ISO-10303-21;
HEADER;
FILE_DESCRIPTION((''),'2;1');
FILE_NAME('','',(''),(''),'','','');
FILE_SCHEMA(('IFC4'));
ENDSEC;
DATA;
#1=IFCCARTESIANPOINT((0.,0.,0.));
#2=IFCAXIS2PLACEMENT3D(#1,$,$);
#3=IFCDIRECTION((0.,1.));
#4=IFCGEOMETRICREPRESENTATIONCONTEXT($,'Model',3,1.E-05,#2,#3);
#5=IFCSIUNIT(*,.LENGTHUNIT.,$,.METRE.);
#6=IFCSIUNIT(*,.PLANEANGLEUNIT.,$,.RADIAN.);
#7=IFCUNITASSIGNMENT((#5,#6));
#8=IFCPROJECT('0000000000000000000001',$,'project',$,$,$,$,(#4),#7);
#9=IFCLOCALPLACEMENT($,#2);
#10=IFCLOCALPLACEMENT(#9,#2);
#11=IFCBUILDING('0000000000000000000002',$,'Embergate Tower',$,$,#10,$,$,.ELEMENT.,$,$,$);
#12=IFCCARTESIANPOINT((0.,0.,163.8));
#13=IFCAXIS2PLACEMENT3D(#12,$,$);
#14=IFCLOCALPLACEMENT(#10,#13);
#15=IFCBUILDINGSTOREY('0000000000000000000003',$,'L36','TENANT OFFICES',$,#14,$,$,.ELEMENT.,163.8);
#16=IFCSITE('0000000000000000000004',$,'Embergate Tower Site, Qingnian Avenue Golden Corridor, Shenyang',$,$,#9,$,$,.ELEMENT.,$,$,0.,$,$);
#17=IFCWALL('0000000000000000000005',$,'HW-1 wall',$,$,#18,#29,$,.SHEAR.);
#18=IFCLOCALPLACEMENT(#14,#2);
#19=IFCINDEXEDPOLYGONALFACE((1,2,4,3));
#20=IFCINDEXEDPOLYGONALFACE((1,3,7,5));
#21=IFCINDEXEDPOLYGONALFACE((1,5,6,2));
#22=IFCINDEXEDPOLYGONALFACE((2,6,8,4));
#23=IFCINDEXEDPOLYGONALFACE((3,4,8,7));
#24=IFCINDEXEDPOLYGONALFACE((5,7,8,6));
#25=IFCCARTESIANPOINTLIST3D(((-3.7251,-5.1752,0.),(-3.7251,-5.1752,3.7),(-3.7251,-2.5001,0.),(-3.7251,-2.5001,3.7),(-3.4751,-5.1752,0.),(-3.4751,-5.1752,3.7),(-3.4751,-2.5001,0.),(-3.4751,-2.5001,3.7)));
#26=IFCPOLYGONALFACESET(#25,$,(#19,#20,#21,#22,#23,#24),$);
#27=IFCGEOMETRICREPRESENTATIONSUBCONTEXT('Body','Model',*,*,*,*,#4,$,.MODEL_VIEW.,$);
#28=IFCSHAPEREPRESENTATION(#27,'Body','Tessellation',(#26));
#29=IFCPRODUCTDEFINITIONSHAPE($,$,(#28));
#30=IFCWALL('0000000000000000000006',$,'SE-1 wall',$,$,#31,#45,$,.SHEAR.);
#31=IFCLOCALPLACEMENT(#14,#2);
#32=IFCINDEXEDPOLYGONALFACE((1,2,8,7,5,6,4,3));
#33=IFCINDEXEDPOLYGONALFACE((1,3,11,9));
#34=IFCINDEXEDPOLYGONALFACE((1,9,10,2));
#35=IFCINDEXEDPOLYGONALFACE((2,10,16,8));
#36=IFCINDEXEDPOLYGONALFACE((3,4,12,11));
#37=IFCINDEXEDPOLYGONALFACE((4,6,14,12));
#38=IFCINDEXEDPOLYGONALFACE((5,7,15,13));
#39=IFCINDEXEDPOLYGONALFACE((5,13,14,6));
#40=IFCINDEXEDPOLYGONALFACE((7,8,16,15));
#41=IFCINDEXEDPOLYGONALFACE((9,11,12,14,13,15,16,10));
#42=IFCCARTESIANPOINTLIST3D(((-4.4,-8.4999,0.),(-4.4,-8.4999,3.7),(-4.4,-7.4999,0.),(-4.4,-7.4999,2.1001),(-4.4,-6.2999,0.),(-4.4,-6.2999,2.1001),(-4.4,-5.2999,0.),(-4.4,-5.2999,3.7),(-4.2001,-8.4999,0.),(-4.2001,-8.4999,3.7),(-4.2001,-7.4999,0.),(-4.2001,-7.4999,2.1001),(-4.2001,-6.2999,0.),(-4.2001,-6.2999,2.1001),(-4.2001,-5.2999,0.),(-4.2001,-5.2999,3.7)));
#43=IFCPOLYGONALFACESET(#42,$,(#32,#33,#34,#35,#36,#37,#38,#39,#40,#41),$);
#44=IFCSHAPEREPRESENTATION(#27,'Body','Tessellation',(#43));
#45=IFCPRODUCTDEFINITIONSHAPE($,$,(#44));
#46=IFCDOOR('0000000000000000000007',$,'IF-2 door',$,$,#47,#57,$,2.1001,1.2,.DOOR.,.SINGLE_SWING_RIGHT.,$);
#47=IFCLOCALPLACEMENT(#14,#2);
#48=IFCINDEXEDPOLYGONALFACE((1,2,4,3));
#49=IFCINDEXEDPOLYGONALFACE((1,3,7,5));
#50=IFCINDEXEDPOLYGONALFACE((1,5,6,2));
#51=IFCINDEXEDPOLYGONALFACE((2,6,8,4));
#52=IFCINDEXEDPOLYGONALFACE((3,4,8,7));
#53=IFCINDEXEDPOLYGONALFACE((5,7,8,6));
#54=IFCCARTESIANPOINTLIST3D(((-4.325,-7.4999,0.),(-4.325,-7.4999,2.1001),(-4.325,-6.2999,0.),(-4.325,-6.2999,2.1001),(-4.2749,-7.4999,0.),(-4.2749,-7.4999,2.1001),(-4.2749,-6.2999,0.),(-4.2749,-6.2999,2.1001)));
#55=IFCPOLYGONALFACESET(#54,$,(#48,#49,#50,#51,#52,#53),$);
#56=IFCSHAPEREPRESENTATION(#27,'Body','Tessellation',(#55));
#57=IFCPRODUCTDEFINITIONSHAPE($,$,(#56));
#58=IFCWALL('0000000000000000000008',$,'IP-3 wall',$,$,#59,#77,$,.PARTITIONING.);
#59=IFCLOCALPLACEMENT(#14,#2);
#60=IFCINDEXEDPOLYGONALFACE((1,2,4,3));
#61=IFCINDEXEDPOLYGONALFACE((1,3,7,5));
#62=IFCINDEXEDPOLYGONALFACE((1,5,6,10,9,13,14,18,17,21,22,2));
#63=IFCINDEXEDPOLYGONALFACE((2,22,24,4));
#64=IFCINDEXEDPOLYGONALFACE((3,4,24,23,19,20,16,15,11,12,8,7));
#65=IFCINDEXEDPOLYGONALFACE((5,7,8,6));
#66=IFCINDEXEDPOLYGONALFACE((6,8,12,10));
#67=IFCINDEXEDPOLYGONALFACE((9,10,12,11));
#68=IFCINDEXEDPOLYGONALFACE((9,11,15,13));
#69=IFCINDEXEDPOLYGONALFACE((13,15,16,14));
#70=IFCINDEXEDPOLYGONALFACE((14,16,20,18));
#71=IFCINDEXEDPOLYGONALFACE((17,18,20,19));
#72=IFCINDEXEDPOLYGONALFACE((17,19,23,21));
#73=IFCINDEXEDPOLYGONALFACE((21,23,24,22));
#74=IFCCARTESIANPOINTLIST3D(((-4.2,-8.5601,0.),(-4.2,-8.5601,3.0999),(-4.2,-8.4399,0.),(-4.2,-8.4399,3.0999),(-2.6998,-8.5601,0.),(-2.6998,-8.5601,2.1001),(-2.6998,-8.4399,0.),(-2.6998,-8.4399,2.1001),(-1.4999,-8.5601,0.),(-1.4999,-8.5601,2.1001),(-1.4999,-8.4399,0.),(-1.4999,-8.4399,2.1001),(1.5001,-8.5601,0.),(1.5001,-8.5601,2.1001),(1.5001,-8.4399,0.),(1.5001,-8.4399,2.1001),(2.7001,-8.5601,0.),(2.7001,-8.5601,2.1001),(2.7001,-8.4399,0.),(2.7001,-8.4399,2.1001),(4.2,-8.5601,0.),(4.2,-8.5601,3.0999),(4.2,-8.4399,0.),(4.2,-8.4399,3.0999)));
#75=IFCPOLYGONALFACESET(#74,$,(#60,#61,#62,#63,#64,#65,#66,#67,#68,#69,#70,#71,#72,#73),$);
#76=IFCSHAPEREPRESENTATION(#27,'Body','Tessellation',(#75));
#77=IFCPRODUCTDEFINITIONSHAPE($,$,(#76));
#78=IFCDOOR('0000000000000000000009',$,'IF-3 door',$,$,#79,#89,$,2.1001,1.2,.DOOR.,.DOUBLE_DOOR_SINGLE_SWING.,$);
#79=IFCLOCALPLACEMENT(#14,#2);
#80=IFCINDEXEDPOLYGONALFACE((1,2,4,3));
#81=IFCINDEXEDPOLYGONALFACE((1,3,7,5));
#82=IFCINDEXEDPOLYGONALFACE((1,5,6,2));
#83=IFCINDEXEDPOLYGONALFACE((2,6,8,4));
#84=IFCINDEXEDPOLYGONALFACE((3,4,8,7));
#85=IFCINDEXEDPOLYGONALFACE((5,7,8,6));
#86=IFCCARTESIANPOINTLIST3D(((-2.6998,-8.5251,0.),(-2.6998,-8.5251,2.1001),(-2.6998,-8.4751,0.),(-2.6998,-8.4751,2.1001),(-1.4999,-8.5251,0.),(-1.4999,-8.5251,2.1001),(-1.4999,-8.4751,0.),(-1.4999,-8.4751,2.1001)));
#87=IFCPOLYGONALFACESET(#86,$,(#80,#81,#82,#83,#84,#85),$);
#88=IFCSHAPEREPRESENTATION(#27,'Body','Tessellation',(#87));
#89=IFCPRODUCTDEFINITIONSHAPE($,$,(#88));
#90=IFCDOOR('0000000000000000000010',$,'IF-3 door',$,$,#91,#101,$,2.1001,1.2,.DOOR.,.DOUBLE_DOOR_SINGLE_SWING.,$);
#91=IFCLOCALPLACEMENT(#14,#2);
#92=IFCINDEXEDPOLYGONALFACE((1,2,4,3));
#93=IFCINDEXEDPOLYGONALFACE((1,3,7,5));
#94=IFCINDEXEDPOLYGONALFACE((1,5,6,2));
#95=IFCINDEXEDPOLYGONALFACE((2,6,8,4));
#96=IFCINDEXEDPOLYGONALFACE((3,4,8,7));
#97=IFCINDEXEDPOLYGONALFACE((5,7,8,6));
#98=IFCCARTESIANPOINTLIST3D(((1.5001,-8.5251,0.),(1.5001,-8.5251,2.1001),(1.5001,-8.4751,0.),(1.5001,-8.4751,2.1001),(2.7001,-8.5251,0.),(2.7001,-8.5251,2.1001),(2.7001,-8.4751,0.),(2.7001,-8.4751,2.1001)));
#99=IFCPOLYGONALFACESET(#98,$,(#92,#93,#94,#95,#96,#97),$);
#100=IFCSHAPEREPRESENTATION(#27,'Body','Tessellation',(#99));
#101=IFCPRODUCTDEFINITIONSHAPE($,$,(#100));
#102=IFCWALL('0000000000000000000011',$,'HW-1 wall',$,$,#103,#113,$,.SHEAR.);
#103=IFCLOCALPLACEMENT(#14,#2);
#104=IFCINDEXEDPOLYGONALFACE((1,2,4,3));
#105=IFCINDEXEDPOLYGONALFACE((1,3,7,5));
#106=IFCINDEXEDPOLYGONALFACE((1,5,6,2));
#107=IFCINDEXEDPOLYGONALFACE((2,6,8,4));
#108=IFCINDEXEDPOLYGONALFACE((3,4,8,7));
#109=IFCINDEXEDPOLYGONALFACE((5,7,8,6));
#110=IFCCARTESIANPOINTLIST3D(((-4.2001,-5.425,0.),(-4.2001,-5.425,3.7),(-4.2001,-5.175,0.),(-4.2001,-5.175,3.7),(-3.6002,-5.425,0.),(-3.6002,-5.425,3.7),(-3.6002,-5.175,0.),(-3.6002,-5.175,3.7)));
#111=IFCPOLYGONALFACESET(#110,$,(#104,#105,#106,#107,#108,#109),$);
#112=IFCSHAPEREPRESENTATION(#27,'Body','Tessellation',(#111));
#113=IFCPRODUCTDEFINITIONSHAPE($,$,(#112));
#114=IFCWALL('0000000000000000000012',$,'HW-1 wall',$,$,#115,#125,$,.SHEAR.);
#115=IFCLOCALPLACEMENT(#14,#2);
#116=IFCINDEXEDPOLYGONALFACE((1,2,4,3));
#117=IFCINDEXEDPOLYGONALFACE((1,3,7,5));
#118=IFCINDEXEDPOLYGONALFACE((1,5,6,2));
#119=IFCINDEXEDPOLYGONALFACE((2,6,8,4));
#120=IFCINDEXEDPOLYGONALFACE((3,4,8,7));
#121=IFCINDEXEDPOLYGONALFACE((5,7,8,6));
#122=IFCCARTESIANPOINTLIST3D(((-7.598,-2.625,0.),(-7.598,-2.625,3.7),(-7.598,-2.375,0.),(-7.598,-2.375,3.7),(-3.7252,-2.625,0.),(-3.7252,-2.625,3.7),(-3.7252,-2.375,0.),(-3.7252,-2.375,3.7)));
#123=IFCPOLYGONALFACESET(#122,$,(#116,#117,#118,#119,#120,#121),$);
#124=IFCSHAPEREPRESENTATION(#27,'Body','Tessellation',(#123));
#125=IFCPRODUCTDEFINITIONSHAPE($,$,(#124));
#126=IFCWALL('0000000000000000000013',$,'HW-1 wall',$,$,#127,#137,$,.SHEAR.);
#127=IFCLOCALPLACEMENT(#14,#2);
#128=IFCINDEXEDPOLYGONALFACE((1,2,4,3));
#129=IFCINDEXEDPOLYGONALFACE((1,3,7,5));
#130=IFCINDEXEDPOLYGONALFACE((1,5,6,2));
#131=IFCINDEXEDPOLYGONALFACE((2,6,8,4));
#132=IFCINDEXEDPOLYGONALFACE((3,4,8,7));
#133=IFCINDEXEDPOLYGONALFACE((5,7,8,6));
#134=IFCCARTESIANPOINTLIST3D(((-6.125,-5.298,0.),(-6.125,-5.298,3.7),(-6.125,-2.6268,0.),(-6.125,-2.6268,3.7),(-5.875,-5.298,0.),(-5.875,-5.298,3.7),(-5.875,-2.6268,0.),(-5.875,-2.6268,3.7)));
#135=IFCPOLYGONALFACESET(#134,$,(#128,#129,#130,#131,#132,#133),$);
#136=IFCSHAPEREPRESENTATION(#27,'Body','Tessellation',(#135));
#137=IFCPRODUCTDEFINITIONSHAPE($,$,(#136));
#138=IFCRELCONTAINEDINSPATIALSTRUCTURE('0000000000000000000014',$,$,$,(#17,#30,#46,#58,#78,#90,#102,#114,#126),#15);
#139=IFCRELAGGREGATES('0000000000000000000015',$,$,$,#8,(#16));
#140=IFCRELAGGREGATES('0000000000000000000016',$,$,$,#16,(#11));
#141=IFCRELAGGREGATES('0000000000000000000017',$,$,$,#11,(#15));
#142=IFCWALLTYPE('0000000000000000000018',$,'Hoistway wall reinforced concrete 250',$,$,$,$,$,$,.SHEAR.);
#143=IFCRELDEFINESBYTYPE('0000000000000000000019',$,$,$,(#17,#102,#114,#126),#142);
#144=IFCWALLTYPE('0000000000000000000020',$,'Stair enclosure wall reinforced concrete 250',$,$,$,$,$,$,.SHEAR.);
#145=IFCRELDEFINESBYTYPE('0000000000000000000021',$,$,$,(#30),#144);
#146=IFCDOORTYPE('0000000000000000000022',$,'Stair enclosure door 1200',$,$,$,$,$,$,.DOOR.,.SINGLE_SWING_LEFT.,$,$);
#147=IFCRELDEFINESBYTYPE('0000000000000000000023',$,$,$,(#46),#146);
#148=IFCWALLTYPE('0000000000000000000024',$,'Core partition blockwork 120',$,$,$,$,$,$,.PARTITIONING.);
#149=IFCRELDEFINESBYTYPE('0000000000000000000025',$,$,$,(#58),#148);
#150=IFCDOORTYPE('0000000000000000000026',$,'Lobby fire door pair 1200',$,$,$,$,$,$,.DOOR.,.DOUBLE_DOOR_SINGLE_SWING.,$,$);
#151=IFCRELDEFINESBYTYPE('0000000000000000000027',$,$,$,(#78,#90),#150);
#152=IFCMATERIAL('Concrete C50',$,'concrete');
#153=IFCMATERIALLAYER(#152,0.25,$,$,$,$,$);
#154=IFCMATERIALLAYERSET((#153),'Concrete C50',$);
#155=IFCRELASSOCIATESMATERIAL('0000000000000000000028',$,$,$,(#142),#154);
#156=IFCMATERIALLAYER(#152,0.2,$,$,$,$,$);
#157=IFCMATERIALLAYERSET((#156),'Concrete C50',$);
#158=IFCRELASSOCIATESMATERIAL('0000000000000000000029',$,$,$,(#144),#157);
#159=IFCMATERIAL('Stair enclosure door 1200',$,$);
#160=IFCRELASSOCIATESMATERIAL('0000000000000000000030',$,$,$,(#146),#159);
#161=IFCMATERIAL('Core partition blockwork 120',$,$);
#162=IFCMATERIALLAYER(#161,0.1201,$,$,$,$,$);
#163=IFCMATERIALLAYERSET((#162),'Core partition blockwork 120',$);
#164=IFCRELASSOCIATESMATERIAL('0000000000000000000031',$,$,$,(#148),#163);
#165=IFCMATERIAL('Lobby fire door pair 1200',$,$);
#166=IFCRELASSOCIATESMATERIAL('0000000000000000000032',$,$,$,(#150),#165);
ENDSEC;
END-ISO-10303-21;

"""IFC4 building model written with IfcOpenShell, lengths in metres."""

from ifc_helpers import new_model, si_unit, direction, frame, frame_2d, origin, place, context, subcontext, project, spatial, rectangle, extrude, source, transform, mapped, material, layer, layer_set, type_object, element, fill, save


model = new_model("IFC4")

# Units and contexts
model_context = context("Model", 3, precision=1e-05, world=origin(), true_north=direction((0.0, 1.0)))
body_context = subcontext(model_context, "Body", "Model", "MODEL_VIEW")
ifc_project = project(units=[si_unit("LENGTHUNIT", "METRE"), si_unit("PLANEANGLEUNIT", "RADIAN")], contexts=[model_context])

# Site, building, storey
site_placement = place(None, origin())
site = spatial("IfcSite", under=ifc_project, at=site_placement, Name="Embergate Tower Site, Qingnian Avenue Golden Corridor, Shenyang", CompositionType="ELEMENT", RefElevation=0.0)
building_placement = place(site_placement, origin())
building = spatial("IfcBuilding", under=site, at=building_placement, Name="Embergate Tower", CompositionType="ELEMENT")
storey_placement = place(building_placement, frame((0.0, 0.0, 163.8)))
storey = spatial("IfcBuildingStorey", under=building, at=storey_placement, Name="L36", Description="TENANT OFFICES", CompositionType="ELEMENT", Elevation=163.8)

# Wall
ifc_material_1 = material(Name="Concrete C50", Category="concrete")
ifc_layer_1 = layer(ifc_material_1, 0.25)
ifc_layer_set_1 = layer_set([ifc_layer_1], Name="Concrete C50")
wall_type_1 = type_object("IfcWallType", Name="Hoistway wall reinforced concrete 250", PredefinedType="SHEAR", material=ifc_layer_set_1)
shared_shape_1 = source(origin(), body_context, "Body", "SweptSolid", [
    extrude(rectangle(XDim=2.675, YDim=0.25, at=frame_2d((1.3374, 0.0))), origin(), (0.0, 0.0, 1.0), 3.7),
])
wall_1_placement = place(storey_placement, frame((-3.6001, -5.175, 0.0), z_axis=(0.0, 0.0, 1.0), x_axis=(0.0, 1.0, 0.0)))
element("IfcWall", 1, at=wall_1_placement, inside=storey, type_object=wall_type_1, Name="HW-1 wall", PredefinedType="SHEAR", context=body_context, shape_type="MappedRepresentation", body=[
    mapped(shared_shape_1, transform((0.0, 0.0, 0.0))),
])

# Wall, opening, door
ifc_layer_2 = layer(ifc_material_1, 0.2)
ifc_layer_set_2 = layer_set([ifc_layer_2], Name="Concrete C50")
wall_type_2 = type_object("IfcWallType", Name="Stair enclosure wall reinforced concrete 250", PredefinedType="SHEAR", material=ifc_layer_set_2)
shared_shape_2 = source(origin(), body_context, "Body", "SweptSolid", [
    extrude(rectangle(XDim=3.2, YDim=0.2, at=frame_2d((1.6001, 0.0))), origin(), (0.0, 0.0, 1.0), 3.7),
])
wall_2_placement = place(storey_placement, frame((-4.3, -8.5, 0.0), z_axis=(0.0, 0.0, 1.0), x_axis=(0.0, 1.0, 0.0)))
wall_2 = element("IfcWall", 2, at=wall_2_placement, inside=storey, type_object=wall_type_2, Name="SE-1 wall", PredefinedType="SHEAR", context=body_context, shape_type="MappedRepresentation", body=[
    mapped(shared_shape_2, transform((0.0, 0.0, 0.0))),
])
shared_shape_3 = source(origin(), body_context, "Body", "SweptSolid", [
    extrude(rectangle(XDim=1.2, YDim=2.1001, at=frame_2d((0.6001, 1.05))), frame((0.0, 0.1099, 0.0), z_axis=(0.0, -1.0, 0.0), x_axis=(1.0, 0.0, 0.0)), (0.0, 0.0, 1.0), 0.22),
])
opening_1_placement = place(wall_2_placement, frame((1.0, 0.0, 0.0)))
opening_1 = element("IfcOpeningElement", 3, at=opening_1_placement, cuts=wall_2, PredefinedType="OPENING", context=body_context, shape_type="MappedRepresentation", body=[
    mapped(shared_shape_3, transform((0.0, 0.0, 0.0))),
])
ifc_material_2 = material(Name="Stair enclosure door 1200")
door_type_1 = type_object("IfcDoorType", Name="Stair enclosure door 1200", OperationType="SINGLE_SWING_LEFT", PredefinedType="DOOR", material=ifc_material_2)
shared_shape_4 = source(origin(), body_context, "Body", "SweptSolid", [
    extrude(rectangle(XDim=1.2, YDim=2.1001, at=frame_2d((0.6001, 1.05))), frame((0.0, 0.0249, 0.0), z_axis=(0.0, -1.0, 0.0), x_axis=(1.0, 0.0, 0.0)), (0.0, 0.0, 1.0), 0.05),
])
door_1_placement = place(opening_1_placement, origin())
door_1 = element("IfcDoor", 4, at=door_1_placement, inside=storey, type_object=door_type_1, Name="IF-2 door", OperationType="SINGLE_SWING_RIGHT", OverallHeight=2.1001, OverallWidth=1.2, PredefinedType="DOOR", context=body_context, shape_type="MappedRepresentation", body=[
    mapped(shared_shape_4, transform((0.0, 0.0, 0.0))),
])
fill(opening_1, door_1)

# Wall, openings, doors
ifc_material_3 = material(Name="Core partition blockwork 120")
ifc_layer_3 = layer(ifc_material_3, 0.1201)
ifc_layer_set_3 = layer_set([ifc_layer_3], Name="Core partition blockwork 120")
wall_type_3 = type_object("IfcWallType", Name="Core partition blockwork 120", PredefinedType="PARTITIONING", material=ifc_layer_set_3)
shared_shape_5 = source(origin(), body_context, "Body", "SweptSolid", [
    extrude(rectangle(XDim=8.3999, YDim=0.1201, at=frame_2d((4.2, 0.0))), origin(), (0.0, 0.0, 1.0), 3.0999),
])
wall_3_placement = place(storey_placement, frame((-4.2, -8.5, 0.0), z_axis=(0.0, 0.0, 1.0), x_axis=(1.0, 0.0, 0.0)))
wall_3 = element("IfcWall", 5, at=wall_3_placement, inside=storey, type_object=wall_type_3, Name="IP-3 wall", PredefinedType="PARTITIONING", context=body_context, shape_type="MappedRepresentation", body=[
    mapped(shared_shape_5, transform((0.0, 0.0, 0.0))),
])
shared_shape_6 = source(origin(), body_context, "Body", "SweptSolid", [
    extrude(rectangle(XDim=1.2, YDim=2.1001, at=frame_2d((0.6001, 1.05))), frame((0.0, 0.0701, 0.0), z_axis=(0.0, -1.0, 0.0), x_axis=(1.0, 0.0, 0.0)), (0.0, 0.0, 1.0), 0.1401),
])
opening_2_placement = place(wall_3_placement, frame((1.5, 0.0, 0.0)))
opening_2 = element("IfcOpeningElement", 6, at=opening_2_placement, cuts=wall_3, PredefinedType="OPENING", context=body_context, shape_type="MappedRepresentation", body=[
    mapped(shared_shape_6, transform((0.0, 0.0, 0.0))),
])
opening_3_placement = place(wall_3_placement, frame((5.7, 0.0, 0.0)))
opening_3 = element("IfcOpeningElement", 7, at=opening_3_placement, cuts=wall_3, PredefinedType="OPENING", context=body_context, shape_type="MappedRepresentation", body=[
    mapped(shared_shape_6, transform((0.0, 0.0, 0.0))),
])
ifc_material_4 = material(Name="Lobby fire door pair 1200")
door_type_2 = type_object("IfcDoorType", Name="Lobby fire door pair 1200", OperationType="DOUBLE_DOOR_SINGLE_SWING", PredefinedType="DOOR", material=ifc_material_4)
door_2_placement = place(opening_2_placement, origin())
door_2 = element("IfcDoor", 8, at=door_2_placement, inside=storey, type_object=door_type_2, Name="IF-3 door", OperationType="DOUBLE_DOOR_SINGLE_SWING", OverallHeight=2.1001, OverallWidth=1.2, PredefinedType="DOOR", context=body_context, shape_type="MappedRepresentation", body=[
    mapped(shared_shape_4, transform((0.0, 0.0, 0.0))),
])
fill(opening_2, door_2)
door_3_placement = place(opening_3_placement, origin())
door_3 = element("IfcDoor", 9, at=door_3_placement, inside=storey, type_object=door_type_2, Name="IF-3 door", OperationType="DOUBLE_DOOR_SINGLE_SWING", OverallHeight=2.1001, OverallWidth=1.2, PredefinedType="DOOR", context=body_context, shape_type="MappedRepresentation", body=[
    mapped(shared_shape_4, transform((0.0, 0.0, 0.0))),
])
fill(opening_3, door_3)

# Walls
shared_shape_7 = source(origin(), body_context, "Body", "SweptSolid", [
    extrude(rectangle(XDim=0.5999, YDim=0.25, at=frame_2d((0.2998, 0.0))), origin(), (0.0, 0.0, 1.0), 3.7),
])
wall_4_placement = place(storey_placement, frame((-4.2, -5.3, 0.0), z_axis=(0.0, 0.0, 1.0), x_axis=(1.0, 0.0, 0.0)))
element("IfcWall", 10, at=wall_4_placement, inside=storey, type_object=wall_type_1, Name="HW-1 wall", PredefinedType="SHEAR", context=body_context, shape_type="MappedRepresentation", body=[
    mapped(shared_shape_7, transform((0.0, 0.0, 0.0))),
])
shared_shape_8 = source(origin(), body_context, "Body", "SweptSolid", [
    extrude(rectangle(XDim=3.8728, YDim=0.25, at=frame_2d((1.9365, 0.0))), origin(), (0.0, 0.0, 1.0), 3.7),
])
wall_5_placement = place(storey_placement, frame((-3.7251, -2.5, 0.0), z_axis=(0.0, 0.0, 1.0), x_axis=(-1.0, 0.0, 0.0)))
element("IfcWall", 11, at=wall_5_placement, inside=storey, type_object=wall_type_1, Name="HW-1 wall", PredefinedType="SHEAR", context=body_context, shape_type="MappedRepresentation", body=[
    mapped(shared_shape_8, transform((0.0, 0.0, 0.0))),
])
shared_shape_9 = source(origin(), body_context, "Body", "SweptSolid", [
    extrude(rectangle(XDim=2.6711, YDim=0.25, at=frame_2d((1.3354, 0.0))), origin(), (0.0, 0.0, 1.0), 3.7),
])
wall_6_placement = place(storey_placement, frame((-6.0, -2.627, 0.0), z_axis=(0.0, 0.0, 1.0), x_axis=(0.0, -1.0, 0.0)))
element("IfcWall", 12, at=wall_6_placement, inside=storey, type_object=wall_type_1, Name="HW-1 wall", PredefinedType="SHEAR", context=body_context, shape_type="MappedRepresentation", body=[
    mapped(shared_shape_9, transform((0.0, 0.0, 0.0))),
])

save(model, "model.ifc")
